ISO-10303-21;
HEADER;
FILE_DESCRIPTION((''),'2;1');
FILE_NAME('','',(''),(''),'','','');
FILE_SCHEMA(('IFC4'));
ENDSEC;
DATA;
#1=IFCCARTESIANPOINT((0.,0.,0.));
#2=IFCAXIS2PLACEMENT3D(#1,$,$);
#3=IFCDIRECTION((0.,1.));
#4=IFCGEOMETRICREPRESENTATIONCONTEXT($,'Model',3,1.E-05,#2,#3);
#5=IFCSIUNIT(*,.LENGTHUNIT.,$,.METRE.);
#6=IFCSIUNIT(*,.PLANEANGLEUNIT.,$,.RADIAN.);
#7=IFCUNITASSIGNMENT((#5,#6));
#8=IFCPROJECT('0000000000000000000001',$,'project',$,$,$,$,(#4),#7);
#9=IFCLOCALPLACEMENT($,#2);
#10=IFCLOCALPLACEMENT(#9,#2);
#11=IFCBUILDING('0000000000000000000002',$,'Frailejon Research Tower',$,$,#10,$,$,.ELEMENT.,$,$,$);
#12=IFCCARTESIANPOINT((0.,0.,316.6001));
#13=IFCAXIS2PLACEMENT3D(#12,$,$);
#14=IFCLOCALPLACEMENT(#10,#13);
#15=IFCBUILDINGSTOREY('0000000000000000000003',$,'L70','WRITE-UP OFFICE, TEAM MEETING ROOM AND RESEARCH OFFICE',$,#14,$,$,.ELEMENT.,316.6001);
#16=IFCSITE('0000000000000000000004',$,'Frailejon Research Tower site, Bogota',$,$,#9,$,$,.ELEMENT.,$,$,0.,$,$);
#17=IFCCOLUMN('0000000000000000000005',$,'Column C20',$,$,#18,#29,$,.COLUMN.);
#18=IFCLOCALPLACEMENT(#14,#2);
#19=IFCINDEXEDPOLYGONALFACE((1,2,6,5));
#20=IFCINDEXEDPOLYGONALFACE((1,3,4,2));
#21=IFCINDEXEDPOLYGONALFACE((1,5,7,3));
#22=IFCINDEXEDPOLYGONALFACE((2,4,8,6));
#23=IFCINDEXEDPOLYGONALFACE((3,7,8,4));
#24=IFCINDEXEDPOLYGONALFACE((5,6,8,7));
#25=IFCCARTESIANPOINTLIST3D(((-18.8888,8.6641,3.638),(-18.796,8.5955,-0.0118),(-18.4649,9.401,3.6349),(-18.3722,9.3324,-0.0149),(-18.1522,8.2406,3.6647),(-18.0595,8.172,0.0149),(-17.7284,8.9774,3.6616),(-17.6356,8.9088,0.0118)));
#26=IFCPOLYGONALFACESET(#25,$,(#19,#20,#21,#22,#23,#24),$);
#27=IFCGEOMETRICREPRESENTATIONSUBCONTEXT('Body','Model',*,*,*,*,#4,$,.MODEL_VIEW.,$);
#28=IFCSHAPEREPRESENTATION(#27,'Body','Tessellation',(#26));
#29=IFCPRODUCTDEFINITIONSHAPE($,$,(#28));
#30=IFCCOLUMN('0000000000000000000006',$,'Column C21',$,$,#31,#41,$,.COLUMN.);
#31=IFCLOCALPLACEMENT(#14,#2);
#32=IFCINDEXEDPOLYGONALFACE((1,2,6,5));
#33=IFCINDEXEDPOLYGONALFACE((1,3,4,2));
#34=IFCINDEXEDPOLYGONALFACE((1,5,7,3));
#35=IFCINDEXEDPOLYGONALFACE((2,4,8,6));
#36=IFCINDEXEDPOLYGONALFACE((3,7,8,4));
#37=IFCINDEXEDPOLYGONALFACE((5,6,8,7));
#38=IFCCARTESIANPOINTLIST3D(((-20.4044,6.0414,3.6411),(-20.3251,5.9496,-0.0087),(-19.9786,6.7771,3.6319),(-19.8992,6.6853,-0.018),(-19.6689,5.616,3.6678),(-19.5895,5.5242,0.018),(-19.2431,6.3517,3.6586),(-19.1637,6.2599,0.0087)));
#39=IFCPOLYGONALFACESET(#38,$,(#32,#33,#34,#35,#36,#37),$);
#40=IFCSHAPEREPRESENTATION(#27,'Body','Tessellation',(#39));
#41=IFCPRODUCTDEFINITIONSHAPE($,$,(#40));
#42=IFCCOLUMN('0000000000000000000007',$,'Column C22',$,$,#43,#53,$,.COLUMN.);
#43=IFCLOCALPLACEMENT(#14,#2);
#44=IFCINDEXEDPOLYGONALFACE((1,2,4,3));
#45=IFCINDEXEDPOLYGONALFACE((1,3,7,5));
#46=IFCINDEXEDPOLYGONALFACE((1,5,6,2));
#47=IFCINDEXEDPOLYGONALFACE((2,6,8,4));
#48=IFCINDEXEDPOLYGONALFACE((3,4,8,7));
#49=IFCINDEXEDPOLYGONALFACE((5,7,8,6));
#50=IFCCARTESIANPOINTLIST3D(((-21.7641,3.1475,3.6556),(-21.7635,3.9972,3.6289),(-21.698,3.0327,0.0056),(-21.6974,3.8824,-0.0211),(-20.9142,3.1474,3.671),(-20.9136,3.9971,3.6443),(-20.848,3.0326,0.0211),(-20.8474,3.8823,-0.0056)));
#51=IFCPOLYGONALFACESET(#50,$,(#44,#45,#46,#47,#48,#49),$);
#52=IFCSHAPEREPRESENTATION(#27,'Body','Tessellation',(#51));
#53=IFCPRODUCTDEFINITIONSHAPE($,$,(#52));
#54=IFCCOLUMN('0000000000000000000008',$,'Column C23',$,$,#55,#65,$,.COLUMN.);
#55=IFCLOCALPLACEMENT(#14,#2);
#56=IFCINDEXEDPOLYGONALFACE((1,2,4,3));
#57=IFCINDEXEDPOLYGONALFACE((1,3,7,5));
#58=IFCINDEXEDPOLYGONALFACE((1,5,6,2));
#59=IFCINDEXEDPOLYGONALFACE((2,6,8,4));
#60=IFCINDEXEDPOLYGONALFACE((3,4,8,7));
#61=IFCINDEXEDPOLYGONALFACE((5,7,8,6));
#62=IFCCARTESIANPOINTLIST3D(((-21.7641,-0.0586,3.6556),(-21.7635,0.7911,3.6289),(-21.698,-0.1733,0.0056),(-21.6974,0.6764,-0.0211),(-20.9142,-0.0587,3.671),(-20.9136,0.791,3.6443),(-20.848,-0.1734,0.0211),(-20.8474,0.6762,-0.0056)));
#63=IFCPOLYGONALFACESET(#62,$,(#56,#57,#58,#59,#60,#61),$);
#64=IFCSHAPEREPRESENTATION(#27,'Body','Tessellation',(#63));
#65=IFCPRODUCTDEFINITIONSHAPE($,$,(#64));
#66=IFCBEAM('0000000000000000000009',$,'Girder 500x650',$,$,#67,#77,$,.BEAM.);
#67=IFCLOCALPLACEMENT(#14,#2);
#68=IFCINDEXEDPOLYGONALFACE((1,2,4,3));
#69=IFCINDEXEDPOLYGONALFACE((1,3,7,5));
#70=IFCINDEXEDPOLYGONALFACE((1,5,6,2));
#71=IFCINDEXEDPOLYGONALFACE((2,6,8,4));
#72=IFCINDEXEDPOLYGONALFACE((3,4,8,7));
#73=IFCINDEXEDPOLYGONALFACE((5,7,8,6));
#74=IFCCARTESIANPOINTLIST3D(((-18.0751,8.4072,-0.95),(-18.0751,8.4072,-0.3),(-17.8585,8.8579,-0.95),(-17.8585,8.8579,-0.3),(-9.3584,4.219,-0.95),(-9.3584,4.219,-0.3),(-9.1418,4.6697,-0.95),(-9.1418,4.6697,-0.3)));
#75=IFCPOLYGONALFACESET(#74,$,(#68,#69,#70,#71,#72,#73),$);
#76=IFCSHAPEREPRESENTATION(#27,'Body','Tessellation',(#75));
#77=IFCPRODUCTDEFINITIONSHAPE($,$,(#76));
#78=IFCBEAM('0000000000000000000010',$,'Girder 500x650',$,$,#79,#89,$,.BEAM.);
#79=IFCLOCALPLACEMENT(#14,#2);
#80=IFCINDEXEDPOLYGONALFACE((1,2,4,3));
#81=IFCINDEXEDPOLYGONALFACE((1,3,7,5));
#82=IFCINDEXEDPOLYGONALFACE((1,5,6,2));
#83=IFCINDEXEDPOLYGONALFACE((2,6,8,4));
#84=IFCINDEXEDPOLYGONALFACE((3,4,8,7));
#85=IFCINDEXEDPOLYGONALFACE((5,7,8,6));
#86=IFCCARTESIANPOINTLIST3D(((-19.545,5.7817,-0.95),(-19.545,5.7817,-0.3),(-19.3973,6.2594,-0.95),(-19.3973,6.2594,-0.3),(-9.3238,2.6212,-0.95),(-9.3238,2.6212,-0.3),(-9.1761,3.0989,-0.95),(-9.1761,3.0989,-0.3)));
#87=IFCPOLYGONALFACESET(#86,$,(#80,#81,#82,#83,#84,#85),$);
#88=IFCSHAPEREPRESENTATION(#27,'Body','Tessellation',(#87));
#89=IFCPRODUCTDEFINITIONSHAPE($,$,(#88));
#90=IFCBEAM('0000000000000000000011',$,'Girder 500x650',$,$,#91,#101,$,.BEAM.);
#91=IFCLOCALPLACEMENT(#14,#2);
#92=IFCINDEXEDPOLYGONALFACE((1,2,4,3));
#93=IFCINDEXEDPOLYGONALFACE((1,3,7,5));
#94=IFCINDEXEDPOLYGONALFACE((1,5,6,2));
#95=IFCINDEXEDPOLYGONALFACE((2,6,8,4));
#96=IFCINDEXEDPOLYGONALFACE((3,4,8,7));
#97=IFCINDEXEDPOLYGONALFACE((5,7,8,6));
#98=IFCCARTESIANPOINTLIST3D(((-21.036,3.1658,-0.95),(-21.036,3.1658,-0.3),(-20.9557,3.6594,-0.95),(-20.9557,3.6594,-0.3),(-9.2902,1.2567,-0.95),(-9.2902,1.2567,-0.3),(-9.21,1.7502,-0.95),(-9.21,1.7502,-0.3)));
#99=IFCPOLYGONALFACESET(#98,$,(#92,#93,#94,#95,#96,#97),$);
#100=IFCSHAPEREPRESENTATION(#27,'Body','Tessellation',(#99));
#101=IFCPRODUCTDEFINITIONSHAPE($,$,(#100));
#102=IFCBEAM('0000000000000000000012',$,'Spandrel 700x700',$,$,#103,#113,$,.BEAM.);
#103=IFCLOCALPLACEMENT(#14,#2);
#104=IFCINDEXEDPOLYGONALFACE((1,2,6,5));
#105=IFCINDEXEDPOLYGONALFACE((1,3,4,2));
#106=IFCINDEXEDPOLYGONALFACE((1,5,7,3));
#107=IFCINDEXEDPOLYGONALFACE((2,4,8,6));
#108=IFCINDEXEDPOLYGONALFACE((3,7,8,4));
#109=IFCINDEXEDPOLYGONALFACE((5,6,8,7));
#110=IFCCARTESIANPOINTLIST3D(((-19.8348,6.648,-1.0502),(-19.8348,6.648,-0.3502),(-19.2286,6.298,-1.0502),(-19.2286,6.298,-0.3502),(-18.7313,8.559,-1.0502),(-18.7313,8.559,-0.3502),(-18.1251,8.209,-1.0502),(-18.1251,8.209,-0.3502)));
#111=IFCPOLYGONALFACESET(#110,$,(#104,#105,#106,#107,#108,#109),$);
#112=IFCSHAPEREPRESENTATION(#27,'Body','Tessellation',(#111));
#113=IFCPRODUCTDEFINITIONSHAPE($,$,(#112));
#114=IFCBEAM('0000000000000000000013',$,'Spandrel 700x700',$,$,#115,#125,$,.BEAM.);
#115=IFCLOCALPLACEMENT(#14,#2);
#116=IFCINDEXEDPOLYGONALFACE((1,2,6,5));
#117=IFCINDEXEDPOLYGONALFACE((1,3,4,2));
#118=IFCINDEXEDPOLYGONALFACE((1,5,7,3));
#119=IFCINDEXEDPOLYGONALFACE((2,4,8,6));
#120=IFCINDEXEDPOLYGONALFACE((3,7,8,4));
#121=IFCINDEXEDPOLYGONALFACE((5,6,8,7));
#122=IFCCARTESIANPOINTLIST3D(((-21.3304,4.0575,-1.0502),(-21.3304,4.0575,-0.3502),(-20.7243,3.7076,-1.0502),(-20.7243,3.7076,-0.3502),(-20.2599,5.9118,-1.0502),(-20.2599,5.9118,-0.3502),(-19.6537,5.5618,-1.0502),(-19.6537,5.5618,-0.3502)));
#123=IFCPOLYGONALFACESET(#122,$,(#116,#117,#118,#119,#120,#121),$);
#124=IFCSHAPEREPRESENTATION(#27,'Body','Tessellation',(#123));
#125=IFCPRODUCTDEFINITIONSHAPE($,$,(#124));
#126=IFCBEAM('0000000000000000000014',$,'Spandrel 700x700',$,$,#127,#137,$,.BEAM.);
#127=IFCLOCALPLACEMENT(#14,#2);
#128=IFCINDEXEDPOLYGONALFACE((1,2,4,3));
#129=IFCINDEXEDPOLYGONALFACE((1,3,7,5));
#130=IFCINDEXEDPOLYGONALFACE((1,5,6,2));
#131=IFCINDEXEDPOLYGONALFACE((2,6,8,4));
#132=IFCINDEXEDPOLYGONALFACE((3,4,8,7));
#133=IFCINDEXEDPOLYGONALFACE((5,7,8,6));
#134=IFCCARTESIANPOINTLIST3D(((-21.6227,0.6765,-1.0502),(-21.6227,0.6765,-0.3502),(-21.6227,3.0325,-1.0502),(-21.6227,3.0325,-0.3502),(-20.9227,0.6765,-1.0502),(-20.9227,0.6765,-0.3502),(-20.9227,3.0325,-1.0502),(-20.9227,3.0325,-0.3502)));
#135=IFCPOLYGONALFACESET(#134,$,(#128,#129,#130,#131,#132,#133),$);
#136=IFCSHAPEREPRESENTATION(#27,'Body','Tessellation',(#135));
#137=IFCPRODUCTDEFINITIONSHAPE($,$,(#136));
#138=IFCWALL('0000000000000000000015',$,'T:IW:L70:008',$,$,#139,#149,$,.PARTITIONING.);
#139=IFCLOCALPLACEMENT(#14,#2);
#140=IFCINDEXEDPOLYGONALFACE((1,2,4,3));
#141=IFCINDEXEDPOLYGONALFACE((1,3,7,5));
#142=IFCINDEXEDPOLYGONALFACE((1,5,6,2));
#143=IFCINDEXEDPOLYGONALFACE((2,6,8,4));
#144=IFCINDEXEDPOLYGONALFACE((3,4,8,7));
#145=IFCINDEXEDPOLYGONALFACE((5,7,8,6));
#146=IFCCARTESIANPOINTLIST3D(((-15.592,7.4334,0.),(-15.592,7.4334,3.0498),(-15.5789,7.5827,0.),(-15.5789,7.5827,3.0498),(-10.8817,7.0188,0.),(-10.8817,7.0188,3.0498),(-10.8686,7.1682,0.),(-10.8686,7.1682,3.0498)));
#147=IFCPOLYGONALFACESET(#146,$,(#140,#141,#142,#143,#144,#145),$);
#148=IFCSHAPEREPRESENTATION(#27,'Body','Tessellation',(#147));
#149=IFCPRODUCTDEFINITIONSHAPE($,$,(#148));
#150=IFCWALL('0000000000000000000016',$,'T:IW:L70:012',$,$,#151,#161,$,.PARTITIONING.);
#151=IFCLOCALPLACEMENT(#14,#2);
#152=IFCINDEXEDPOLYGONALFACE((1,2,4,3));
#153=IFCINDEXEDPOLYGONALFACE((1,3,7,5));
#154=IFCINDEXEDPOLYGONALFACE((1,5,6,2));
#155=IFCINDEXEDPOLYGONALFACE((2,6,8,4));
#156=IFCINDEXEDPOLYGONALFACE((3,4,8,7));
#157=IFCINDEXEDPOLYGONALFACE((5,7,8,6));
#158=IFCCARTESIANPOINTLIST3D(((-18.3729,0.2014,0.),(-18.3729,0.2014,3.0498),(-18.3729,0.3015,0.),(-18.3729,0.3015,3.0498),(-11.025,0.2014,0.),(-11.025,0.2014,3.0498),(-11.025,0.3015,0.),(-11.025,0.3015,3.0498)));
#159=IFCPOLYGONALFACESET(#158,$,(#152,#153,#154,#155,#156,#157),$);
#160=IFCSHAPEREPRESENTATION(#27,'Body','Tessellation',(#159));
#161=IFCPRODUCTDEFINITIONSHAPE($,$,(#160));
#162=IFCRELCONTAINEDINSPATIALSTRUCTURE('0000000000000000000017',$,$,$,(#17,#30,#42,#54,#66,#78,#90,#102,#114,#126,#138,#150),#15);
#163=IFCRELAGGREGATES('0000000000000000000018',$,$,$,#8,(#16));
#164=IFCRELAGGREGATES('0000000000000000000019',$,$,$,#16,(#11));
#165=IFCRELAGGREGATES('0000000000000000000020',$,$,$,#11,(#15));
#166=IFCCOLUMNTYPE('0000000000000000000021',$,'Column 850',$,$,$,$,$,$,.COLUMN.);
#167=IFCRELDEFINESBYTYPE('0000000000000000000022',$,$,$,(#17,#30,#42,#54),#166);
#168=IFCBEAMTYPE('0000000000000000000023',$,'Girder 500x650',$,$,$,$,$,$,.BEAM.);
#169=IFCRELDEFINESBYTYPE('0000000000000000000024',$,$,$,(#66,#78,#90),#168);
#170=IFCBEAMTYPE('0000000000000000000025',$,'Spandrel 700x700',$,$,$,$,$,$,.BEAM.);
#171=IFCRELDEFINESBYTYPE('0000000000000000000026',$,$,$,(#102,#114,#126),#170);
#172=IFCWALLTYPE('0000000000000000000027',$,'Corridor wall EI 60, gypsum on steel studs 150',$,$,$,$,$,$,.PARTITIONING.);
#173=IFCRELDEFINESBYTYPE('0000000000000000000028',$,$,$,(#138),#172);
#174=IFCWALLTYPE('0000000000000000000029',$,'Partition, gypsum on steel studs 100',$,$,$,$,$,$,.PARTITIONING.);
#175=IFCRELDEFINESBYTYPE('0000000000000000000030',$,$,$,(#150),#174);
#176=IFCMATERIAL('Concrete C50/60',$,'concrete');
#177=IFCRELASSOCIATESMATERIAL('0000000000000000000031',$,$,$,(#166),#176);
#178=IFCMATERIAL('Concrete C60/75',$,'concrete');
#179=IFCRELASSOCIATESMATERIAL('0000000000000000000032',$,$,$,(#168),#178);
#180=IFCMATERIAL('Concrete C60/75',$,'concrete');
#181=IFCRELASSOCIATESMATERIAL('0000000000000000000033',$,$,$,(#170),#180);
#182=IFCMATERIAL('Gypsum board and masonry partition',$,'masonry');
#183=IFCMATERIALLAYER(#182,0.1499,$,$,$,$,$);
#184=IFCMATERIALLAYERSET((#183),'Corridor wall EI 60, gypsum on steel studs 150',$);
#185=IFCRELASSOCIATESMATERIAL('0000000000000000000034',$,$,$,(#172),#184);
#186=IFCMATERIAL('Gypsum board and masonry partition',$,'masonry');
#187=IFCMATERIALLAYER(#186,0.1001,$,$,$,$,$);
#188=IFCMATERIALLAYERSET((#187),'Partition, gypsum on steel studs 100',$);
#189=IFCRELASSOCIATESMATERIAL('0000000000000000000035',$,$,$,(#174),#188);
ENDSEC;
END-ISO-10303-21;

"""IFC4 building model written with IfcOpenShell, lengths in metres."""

from ifc_helpers import new_model, si_unit, direction, frame, frame_2d, origin, origin_2d, place, context, subcontext, project, spatial, rectangle, extrude, material, layer, layer_set, material_profile, profile_set, type_object, element, save


model = new_model("IFC4")

# Units and contexts
model_context = context("Model", 3, precision=1e-05, world=origin(), true_north=direction((0.0, 1.0)))
body_context = subcontext(model_context, "Body", "Model", "MODEL_VIEW")
ifc_project = project(units=[si_unit("LENGTHUNIT", "METRE"), si_unit("PLANEANGLEUNIT", "RADIAN")], contexts=[model_context])

# Site, building, storey
site_placement = place(None, origin())
site = spatial("IfcSite", under=ifc_project, at=site_placement, Name="Frailejon Research Tower site, Bogota", CompositionType="ELEMENT", RefElevation=0.0)
building_placement = place(site_placement, origin())
building = spatial("IfcBuilding", under=site, at=building_placement, Name="Frailejon Research Tower", CompositionType="ELEMENT")
storey_placement = place(building_placement, frame((0.0, 0.0, 316.6001)))
storey = spatial("IfcBuildingStorey", under=building, at=storey_placement, Name="L70", Description="WRITE-UP OFFICE, TEAM MEETING ROOM AND RESEARCH OFFICE", CompositionType="ELEMENT", Elevation=316.6001)

# Columns
ifc_material_1 = material(Name="Concrete C50/60", Category="concrete")
ifc_material_profile_1 = material_profile(ifc_material_1, rectangle(XDim=0.8501, YDim=0.8501, at=origin_2d()), Name="Column 850")
ifc_profile_set_1 = profile_set([ifc_material_profile_1], Name="Concrete C50/60")
column_type = type_object("IfcColumnType", Name="Column 850", PredefinedType="COLUMN", material=ifc_profile_set_1)
column_1_placement = place(storey_placement, frame((-18.2158, 8.7522, 0.0), z_axis=(-0.025405, 0.018787, 0.999501), x_axis=(-0.498612, -0.866818, 0.003619)))
element("IfcColumn", 1, at=column_1_placement, inside=storey, type_object=column_type, Name="Column C20", PredefinedType="COLUMN", context=body_context, shape_type="SweptSolid", body=[
    extrude(rectangle(XDim=0.8501, YDim=0.8501, at=origin_2d()), origin(), (0.0, 0.0, 1.0), 3.6516),
])
column_2_placement = place(storey_placement, frame((-19.7444, 6.1047, 0.0), z_axis=(-0.021727, 0.025137, 0.999448), x_axis=(-0.500915, -0.865428, 0.010877)))
element("IfcColumn", 2, at=column_2_placement, inside=storey, type_object=column_type, Name="Column C21", PredefinedType="COLUMN", context=body_context, shape_type="SweptSolid", body=[
    extrude(rectangle(XDim=0.8501, YDim=0.8501, at=origin_2d()), origin(), (0.0, 0.0, 1.0), 3.6519),
])
for number, where, z_axis, x_axis, name in (
    (3, (-21.2727, 3.4575, 0.0), (-0.018115, 0.031417, 0.999342), (-0.000701, -0.999506, 0.03141), "Column C22"),
    (4, (-21.2727, 0.2515, 0.0), (-0.018115, 0.031417, 0.999342), (-0.000701, -0.999506, 0.03141), "Column C23"),
):
    element("IfcColumn", number, at=place(storey_placement, frame(where, z_axis=z_axis, x_axis=x_axis)), inside=storey, type_object=column_type, Name=name, PredefinedType="COLUMN", context=body_context, shape_type="SweptSolid", body=[
        extrude(rectangle(XDim=0.8501, YDim=0.8501, at=origin_2d()), origin(), (0.0, 0.0, 1.0), 3.6523),
    ])

# Beams
ifc_material_2 = material(Name="Concrete C60/75", Category="concrete")
ifc_material_profile_2 = material_profile(ifc_material_2, rectangle(XDim=0.5, YDim=0.6499, at=origin_2d()), Name="Girder 500x650")
ifc_profile_set_2 = profile_set([ifc_material_profile_2], Name="Concrete C60/75")
beam_type_1 = type_object("IfcBeamType", Name="Girder 500x650", PredefinedType="BEAM", material=ifc_profile_set_2)
beam_1_placement = place(storey_placement, frame((-17.9668, 8.6326, -0.625), z_axis=(0.901355, -0.433081, 0.0), x_axis=(0.433081, 0.901355, 0.0)))
element("IfcBeam", 5, at=beam_1_placement, inside=storey, type_object=beam_type_1, Name="Girder 500x650", PredefinedType="BEAM", context=body_context, shape_type="SweptSolid", body=[
    extrude(rectangle(XDim=0.5, YDim=0.6499, at=origin_2d()), origin(), (0.0, 0.0, 1.0), 9.6707),
])
beam_2_placement = place(storey_placement, frame((-19.4712, 6.0205, -0.625), z_axis=(0.955373, -0.295402, 0.0), x_axis=(0.295402, 0.955373, 0.0)))
element("IfcBeam", 6, at=beam_2_placement, inside=storey, type_object=beam_type_1, Name="Girder 500x650", PredefinedType="BEAM", context=body_context, shape_type="SweptSolid", body=[
    extrude(rectangle(XDim=0.5, YDim=0.6499, at=origin_2d()), origin(), (0.0, 0.0, 1.0), 10.6987),
])
beam_3_placement = place(storey_placement, frame((-20.9958, 3.4126, -0.625), z_axis=(0.987046, -0.160435, 0.0), x_axis=(0.160435, 0.987046, 0.0)))
element("IfcBeam", 7, at=beam_3_placement, inside=storey, type_object=beam_type_1, Name="Girder 500x650", PredefinedType="BEAM", context=body_context, shape_type="SweptSolid", body=[
    extrude(rectangle(XDim=0.5, YDim=0.6499, at=origin_2d()), origin(), (0.0, 0.0, 1.0), 11.8999),
])
ifc_material_3 = material(Name="Concrete C60/75", Category="concrete")
ifc_material_profile_3 = material_profile(ifc_material_3, rectangle(XDim=0.7, YDim=0.7, at=origin_2d()), Name="Spandrel 700x700")
ifc_profile_set_3 = profile_set([ifc_material_profile_3], Name="Concrete C60/75")
beam_type_2 = type_object("IfcBeamType", Name="Spandrel 700x700", PredefinedType="BEAM", material=ifc_profile_set_3)
beam_4_placement = place(storey_placement, frame((-18.4282, 8.384, -0.7002), z_axis=(-0.500042, -0.866001, 0.0), x_axis=(0.866001, -0.500042, 0.0)))
element("IfcBeam", 8, at=beam_4_placement, inside=storey, type_object=beam_type_2, Name="Spandrel 700x700", PredefinedType="BEAM", context=body_context, shape_type="SweptSolid", body=[
    extrude(rectangle(XDim=0.7, YDim=0.7, at=origin_2d()), origin(), (0.0, 0.0, 1.0), 2.2068),
])
beam_5_placement = place(storey_placement, frame((-19.9568, 5.7368, -0.7002), z_axis=(-0.500002, -0.866024, 0.0), x_axis=(0.866024, -0.500002, 0.0)))
element("IfcBeam", 9, at=beam_5_placement, inside=storey, type_object=beam_type_2, Name="Spandrel 700x700", PredefinedType="BEAM", context=body_context, shape_type="SweptSolid", body=[
    extrude(rectangle(XDim=0.7, YDim=0.7, at=origin_2d()), origin(), (0.0, 0.0, 1.0), 2.1411),
])
beam_6_placement = place(storey_placement, frame((-21.2727, 3.0325, -0.7002), z_axis=(0.0, -1.0, 0.0), x_axis=(1.0, 0.0, 0.0)))
element("IfcBeam", 10, at=beam_6_placement, inside=storey, type_object=beam_type_2, Name="Spandrel 700x700", PredefinedType="BEAM", context=body_context, shape_type="SweptSolid", body=[
    extrude(rectangle(XDim=0.7, YDim=0.7, at=origin_2d()), origin(), (0.0, 0.0, 1.0), 2.356),
])

# Walls
ifc_material_4 = material(Name="Gypsum board and masonry partition", Category="masonry")
ifc_layer_1 = layer(ifc_material_4, 0.1499)
ifc_layer_set_1 = layer_set([ifc_layer_1], Name="Corridor wall EI 60, gypsum on steel studs 150")
wall_type_1 = type_object("IfcWallType", Name="Corridor wall EI 60, gypsum on steel studs 150", PredefinedType="PARTITIONING", material=ifc_layer_set_1)
wall_1_placement = place(storey_placement, frame((-15.5854, 7.5081, 0.0), z_axis=(0.0, 0.0, 1.0), x_axis=(0.996149, -0.087672, 0.0)))
element("IfcWall", 11, at=wall_1_placement, inside=storey, type_object=wall_type_1, Name="T:IW:L70:008", PredefinedType="PARTITIONING", context=body_context, shape_type="SweptSolid", body=[
    extrude(rectangle(XDim=4.7285, YDim=0.1499, at=frame_2d((2.3643, 0.0))), origin(), (0.0, 0.0, 1.0), 3.0498),
])
ifc_material_5 = material(Name="Gypsum board and masonry partition", Category="masonry")
ifc_layer_2 = layer(ifc_material_5, 0.1001)
ifc_layer_set_2 = layer_set([ifc_layer_2], Name="Partition, gypsum on steel studs 100")
wall_type_2 = type_object("IfcWallType", Name="Partition, gypsum on steel studs 100", PredefinedType="PARTITIONING", material=ifc_layer_set_2)
wall_2_placement = place(storey_placement, frame((-18.3728, 0.2515, 0.0), z_axis=(0.0, 0.0, 1.0), x_axis=(1.0, 0.0, 0.0)))
element("IfcWall", 12, at=wall_2_placement, inside=storey, type_object=wall_type_2, Name="T:IW:L70:012", PredefinedType="PARTITIONING", context=body_context, shape_type="SweptSolid", body=[
    extrude(rectangle(XDim=7.3479, YDim=0.1001, at=frame_2d((3.6738, 0.0))), origin(), (0.0, 0.0, 1.0), 3.0498),
])

save(model, "model.ifc")
